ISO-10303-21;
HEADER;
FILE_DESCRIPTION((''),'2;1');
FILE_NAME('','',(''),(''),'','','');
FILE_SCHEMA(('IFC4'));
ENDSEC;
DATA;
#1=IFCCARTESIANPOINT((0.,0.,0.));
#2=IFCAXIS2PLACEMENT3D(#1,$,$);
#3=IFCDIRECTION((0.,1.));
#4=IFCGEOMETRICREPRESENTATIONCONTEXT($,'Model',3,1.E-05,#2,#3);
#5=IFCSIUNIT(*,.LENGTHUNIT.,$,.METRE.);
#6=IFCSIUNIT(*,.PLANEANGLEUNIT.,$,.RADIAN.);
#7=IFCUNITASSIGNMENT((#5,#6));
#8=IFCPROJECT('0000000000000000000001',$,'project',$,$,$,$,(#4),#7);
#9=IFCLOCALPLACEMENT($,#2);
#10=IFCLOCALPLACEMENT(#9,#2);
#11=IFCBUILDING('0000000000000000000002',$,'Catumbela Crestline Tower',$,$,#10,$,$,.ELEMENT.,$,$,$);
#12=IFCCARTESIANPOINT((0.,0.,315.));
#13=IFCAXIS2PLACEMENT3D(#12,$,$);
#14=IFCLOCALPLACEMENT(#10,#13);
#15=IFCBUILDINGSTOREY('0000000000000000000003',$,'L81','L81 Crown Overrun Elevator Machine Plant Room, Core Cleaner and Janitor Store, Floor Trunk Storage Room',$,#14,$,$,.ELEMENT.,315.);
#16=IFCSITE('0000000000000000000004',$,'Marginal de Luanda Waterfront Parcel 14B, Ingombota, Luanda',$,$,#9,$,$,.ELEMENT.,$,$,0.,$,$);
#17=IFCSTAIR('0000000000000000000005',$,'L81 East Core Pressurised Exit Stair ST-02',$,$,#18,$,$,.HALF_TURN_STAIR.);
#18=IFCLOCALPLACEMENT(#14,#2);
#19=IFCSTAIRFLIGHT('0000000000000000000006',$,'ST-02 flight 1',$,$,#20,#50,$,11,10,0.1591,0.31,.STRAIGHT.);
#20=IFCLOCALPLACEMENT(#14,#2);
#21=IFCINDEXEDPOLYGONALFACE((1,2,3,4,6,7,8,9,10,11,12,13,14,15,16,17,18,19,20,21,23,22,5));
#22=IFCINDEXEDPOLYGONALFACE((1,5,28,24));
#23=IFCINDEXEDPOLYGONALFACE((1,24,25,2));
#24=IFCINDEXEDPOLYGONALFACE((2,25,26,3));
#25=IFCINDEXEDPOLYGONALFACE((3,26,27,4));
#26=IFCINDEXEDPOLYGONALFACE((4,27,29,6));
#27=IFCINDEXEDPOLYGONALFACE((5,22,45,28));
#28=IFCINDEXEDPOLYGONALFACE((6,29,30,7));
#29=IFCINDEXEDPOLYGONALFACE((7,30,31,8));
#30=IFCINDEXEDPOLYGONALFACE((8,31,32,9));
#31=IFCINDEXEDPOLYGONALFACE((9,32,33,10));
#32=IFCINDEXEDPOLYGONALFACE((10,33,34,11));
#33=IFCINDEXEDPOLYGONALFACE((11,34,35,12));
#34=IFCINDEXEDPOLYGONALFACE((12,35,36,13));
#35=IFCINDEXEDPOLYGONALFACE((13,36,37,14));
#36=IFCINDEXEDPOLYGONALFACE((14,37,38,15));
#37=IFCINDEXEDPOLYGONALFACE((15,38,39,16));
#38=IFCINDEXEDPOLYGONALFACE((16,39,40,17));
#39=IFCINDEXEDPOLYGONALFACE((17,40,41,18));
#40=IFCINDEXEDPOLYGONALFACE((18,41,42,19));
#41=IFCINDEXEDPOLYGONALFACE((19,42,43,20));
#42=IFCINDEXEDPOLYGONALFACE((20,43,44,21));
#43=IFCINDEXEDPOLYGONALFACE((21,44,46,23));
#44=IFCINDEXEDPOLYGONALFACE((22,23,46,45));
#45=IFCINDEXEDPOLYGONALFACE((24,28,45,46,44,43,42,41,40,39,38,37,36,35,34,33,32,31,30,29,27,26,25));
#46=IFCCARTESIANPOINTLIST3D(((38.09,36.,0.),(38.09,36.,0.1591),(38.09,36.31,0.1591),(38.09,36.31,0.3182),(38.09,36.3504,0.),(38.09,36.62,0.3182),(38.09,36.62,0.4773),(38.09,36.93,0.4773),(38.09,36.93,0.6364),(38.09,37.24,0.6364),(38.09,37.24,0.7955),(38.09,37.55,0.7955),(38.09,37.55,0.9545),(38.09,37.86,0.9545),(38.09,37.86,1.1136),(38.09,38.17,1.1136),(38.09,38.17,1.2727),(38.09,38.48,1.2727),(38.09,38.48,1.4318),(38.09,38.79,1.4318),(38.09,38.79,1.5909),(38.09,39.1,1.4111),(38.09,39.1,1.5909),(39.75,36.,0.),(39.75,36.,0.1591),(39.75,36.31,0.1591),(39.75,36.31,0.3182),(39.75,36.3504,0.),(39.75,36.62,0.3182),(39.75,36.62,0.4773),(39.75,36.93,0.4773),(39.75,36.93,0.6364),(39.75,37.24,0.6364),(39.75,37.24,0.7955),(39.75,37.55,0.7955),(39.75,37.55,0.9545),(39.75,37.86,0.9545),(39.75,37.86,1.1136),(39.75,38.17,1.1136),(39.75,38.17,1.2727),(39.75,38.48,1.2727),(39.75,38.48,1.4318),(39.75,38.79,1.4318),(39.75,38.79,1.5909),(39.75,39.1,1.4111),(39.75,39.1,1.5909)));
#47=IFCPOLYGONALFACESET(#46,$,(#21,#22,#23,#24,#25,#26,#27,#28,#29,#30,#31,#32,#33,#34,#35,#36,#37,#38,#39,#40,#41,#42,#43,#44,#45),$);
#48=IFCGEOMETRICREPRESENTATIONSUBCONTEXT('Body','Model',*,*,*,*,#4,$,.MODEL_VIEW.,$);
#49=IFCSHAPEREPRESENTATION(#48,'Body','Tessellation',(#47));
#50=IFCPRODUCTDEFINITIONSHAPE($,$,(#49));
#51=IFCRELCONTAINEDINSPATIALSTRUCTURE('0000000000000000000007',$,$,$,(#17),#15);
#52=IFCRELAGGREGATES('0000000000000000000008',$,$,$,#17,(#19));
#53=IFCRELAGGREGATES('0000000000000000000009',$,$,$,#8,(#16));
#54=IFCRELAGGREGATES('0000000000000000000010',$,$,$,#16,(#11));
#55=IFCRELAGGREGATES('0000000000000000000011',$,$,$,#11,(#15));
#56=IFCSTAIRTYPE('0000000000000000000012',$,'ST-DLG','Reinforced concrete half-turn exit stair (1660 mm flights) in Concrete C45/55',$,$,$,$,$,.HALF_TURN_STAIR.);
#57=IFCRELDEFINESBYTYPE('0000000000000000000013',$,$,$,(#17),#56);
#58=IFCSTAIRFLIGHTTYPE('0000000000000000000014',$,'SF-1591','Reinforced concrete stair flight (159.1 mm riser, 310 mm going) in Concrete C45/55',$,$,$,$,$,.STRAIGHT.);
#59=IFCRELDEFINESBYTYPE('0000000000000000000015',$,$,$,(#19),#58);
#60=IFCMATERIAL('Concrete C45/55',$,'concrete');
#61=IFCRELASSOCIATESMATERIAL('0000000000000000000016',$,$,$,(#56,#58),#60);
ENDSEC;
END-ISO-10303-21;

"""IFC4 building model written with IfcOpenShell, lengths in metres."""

from ifc_helpers import new_model, si_unit, direction, frame, origin, place, context, subcontext, project, spatial, polyline, outline, extrude, material, type_object, element, aggregate, save


model = new_model("IFC4")

# Units and contexts
model_context = context("Model", 3, precision=1e-05, world=origin(), true_north=direction((0.0, 1.0)))
body_context = subcontext(model_context, "Body", "Model", "MODEL_VIEW")
ifc_project = project(units=[si_unit("LENGTHUNIT", "METRE"), si_unit("PLANEANGLEUNIT", "RADIAN")], contexts=[model_context])

# Site, building, storey
site_placement = place(None, origin())
site = spatial("IfcSite", under=ifc_project, at=site_placement, Name="Marginal de Luanda Waterfront Parcel 14B, Ingombota, Luanda", CompositionType="ELEMENT", RefElevation=0.0)
building_placement = place(site_placement, origin())
building = spatial("IfcBuilding", under=site, at=building_placement, Name="Catumbela Crestline Tower", CompositionType="ELEMENT")
storey_placement = place(building_placement, frame((0.0, 0.0, 315.0)))
storey = spatial("IfcBuildingStorey", under=building, at=storey_placement, Name="L81", Description="L81 Crown Overrun Elevator Machine Plant Room, Core Cleaner and Janitor Store, Floor Trunk Storage Room", CompositionType="ELEMENT", Elevation=315.0)

# Stair, stair flight
ifc_material_1 = material(Name="Concrete C45/55", Category="concrete")
stair_type = type_object("IfcStairType", Name="ST-DLG", Description="Reinforced concrete half-turn exit stair (1660 mm flights) in Concrete C45/55", PredefinedType="HALF_TURN_STAIR", material=ifc_material_1)
stair_placement = place(storey_placement, origin())
stair = element("IfcStair", 1, at=stair_placement, inside=storey, type_object=stair_type, Name="L81 East Core Pressurised Exit Stair ST-02", PredefinedType="HALF_TURN_STAIR")
stair_flight_type = type_object("IfcStairFlightType", Name="SF-1591", Description="Reinforced concrete stair flight (159.1 mm riser, 310 mm going) in Concrete C45/55", PredefinedType="STRAIGHT", material=ifc_material_1)
stair_flight_placement = place(storey_placement, frame((38.92, 36.0, 0.0), z_axis=(0.0, 0.0, 1.0), x_axis=(0.0, 1.0, 0.0)))
stair_flight = element("IfcStairFlight", 2, at=stair_flight_placement, type_object=stair_flight_type, Name="ST-02 flight 1", NumberOfRisers=11, NumberOfTreads=10, PredefinedType="STRAIGHT", RiserHeight=0.1591, TreadLength=0.31, context=body_context, shape_type="SweptSolid", body=[
    extrude(outline(polyline([(0.0, 0.0), (0.0, 0.1591), (0.31, 0.1591), (0.31, 0.3182), (0.62, 0.3182), (0.62, 0.4773), (0.93, 0.4773), (0.93, 0.6364), (1.24, 0.6364), (1.24, 0.7955), (1.55, 0.7955), (1.55, 0.9545), (1.86, 0.9545), (1.86, 1.1136), (2.17, 1.1136), (2.17, 1.2727), (2.48, 1.2727), (2.48, 1.4318), (2.79, 1.4318), (2.79, 1.5909), (3.1, 1.5909), (3.1, 1.75), (3.1, 1.4111), (0.3504, 0.0), (0.0, 0.0)])), frame((0.0, 0.83, 0.0), z_axis=(0.0, -1.0, 0.0), x_axis=(1.0, 0.0, 0.0)), (0.0, 0.0, 1.0), 1.66),
])
aggregate(stair, [stair_flight])

save(model, "model.ifc")
